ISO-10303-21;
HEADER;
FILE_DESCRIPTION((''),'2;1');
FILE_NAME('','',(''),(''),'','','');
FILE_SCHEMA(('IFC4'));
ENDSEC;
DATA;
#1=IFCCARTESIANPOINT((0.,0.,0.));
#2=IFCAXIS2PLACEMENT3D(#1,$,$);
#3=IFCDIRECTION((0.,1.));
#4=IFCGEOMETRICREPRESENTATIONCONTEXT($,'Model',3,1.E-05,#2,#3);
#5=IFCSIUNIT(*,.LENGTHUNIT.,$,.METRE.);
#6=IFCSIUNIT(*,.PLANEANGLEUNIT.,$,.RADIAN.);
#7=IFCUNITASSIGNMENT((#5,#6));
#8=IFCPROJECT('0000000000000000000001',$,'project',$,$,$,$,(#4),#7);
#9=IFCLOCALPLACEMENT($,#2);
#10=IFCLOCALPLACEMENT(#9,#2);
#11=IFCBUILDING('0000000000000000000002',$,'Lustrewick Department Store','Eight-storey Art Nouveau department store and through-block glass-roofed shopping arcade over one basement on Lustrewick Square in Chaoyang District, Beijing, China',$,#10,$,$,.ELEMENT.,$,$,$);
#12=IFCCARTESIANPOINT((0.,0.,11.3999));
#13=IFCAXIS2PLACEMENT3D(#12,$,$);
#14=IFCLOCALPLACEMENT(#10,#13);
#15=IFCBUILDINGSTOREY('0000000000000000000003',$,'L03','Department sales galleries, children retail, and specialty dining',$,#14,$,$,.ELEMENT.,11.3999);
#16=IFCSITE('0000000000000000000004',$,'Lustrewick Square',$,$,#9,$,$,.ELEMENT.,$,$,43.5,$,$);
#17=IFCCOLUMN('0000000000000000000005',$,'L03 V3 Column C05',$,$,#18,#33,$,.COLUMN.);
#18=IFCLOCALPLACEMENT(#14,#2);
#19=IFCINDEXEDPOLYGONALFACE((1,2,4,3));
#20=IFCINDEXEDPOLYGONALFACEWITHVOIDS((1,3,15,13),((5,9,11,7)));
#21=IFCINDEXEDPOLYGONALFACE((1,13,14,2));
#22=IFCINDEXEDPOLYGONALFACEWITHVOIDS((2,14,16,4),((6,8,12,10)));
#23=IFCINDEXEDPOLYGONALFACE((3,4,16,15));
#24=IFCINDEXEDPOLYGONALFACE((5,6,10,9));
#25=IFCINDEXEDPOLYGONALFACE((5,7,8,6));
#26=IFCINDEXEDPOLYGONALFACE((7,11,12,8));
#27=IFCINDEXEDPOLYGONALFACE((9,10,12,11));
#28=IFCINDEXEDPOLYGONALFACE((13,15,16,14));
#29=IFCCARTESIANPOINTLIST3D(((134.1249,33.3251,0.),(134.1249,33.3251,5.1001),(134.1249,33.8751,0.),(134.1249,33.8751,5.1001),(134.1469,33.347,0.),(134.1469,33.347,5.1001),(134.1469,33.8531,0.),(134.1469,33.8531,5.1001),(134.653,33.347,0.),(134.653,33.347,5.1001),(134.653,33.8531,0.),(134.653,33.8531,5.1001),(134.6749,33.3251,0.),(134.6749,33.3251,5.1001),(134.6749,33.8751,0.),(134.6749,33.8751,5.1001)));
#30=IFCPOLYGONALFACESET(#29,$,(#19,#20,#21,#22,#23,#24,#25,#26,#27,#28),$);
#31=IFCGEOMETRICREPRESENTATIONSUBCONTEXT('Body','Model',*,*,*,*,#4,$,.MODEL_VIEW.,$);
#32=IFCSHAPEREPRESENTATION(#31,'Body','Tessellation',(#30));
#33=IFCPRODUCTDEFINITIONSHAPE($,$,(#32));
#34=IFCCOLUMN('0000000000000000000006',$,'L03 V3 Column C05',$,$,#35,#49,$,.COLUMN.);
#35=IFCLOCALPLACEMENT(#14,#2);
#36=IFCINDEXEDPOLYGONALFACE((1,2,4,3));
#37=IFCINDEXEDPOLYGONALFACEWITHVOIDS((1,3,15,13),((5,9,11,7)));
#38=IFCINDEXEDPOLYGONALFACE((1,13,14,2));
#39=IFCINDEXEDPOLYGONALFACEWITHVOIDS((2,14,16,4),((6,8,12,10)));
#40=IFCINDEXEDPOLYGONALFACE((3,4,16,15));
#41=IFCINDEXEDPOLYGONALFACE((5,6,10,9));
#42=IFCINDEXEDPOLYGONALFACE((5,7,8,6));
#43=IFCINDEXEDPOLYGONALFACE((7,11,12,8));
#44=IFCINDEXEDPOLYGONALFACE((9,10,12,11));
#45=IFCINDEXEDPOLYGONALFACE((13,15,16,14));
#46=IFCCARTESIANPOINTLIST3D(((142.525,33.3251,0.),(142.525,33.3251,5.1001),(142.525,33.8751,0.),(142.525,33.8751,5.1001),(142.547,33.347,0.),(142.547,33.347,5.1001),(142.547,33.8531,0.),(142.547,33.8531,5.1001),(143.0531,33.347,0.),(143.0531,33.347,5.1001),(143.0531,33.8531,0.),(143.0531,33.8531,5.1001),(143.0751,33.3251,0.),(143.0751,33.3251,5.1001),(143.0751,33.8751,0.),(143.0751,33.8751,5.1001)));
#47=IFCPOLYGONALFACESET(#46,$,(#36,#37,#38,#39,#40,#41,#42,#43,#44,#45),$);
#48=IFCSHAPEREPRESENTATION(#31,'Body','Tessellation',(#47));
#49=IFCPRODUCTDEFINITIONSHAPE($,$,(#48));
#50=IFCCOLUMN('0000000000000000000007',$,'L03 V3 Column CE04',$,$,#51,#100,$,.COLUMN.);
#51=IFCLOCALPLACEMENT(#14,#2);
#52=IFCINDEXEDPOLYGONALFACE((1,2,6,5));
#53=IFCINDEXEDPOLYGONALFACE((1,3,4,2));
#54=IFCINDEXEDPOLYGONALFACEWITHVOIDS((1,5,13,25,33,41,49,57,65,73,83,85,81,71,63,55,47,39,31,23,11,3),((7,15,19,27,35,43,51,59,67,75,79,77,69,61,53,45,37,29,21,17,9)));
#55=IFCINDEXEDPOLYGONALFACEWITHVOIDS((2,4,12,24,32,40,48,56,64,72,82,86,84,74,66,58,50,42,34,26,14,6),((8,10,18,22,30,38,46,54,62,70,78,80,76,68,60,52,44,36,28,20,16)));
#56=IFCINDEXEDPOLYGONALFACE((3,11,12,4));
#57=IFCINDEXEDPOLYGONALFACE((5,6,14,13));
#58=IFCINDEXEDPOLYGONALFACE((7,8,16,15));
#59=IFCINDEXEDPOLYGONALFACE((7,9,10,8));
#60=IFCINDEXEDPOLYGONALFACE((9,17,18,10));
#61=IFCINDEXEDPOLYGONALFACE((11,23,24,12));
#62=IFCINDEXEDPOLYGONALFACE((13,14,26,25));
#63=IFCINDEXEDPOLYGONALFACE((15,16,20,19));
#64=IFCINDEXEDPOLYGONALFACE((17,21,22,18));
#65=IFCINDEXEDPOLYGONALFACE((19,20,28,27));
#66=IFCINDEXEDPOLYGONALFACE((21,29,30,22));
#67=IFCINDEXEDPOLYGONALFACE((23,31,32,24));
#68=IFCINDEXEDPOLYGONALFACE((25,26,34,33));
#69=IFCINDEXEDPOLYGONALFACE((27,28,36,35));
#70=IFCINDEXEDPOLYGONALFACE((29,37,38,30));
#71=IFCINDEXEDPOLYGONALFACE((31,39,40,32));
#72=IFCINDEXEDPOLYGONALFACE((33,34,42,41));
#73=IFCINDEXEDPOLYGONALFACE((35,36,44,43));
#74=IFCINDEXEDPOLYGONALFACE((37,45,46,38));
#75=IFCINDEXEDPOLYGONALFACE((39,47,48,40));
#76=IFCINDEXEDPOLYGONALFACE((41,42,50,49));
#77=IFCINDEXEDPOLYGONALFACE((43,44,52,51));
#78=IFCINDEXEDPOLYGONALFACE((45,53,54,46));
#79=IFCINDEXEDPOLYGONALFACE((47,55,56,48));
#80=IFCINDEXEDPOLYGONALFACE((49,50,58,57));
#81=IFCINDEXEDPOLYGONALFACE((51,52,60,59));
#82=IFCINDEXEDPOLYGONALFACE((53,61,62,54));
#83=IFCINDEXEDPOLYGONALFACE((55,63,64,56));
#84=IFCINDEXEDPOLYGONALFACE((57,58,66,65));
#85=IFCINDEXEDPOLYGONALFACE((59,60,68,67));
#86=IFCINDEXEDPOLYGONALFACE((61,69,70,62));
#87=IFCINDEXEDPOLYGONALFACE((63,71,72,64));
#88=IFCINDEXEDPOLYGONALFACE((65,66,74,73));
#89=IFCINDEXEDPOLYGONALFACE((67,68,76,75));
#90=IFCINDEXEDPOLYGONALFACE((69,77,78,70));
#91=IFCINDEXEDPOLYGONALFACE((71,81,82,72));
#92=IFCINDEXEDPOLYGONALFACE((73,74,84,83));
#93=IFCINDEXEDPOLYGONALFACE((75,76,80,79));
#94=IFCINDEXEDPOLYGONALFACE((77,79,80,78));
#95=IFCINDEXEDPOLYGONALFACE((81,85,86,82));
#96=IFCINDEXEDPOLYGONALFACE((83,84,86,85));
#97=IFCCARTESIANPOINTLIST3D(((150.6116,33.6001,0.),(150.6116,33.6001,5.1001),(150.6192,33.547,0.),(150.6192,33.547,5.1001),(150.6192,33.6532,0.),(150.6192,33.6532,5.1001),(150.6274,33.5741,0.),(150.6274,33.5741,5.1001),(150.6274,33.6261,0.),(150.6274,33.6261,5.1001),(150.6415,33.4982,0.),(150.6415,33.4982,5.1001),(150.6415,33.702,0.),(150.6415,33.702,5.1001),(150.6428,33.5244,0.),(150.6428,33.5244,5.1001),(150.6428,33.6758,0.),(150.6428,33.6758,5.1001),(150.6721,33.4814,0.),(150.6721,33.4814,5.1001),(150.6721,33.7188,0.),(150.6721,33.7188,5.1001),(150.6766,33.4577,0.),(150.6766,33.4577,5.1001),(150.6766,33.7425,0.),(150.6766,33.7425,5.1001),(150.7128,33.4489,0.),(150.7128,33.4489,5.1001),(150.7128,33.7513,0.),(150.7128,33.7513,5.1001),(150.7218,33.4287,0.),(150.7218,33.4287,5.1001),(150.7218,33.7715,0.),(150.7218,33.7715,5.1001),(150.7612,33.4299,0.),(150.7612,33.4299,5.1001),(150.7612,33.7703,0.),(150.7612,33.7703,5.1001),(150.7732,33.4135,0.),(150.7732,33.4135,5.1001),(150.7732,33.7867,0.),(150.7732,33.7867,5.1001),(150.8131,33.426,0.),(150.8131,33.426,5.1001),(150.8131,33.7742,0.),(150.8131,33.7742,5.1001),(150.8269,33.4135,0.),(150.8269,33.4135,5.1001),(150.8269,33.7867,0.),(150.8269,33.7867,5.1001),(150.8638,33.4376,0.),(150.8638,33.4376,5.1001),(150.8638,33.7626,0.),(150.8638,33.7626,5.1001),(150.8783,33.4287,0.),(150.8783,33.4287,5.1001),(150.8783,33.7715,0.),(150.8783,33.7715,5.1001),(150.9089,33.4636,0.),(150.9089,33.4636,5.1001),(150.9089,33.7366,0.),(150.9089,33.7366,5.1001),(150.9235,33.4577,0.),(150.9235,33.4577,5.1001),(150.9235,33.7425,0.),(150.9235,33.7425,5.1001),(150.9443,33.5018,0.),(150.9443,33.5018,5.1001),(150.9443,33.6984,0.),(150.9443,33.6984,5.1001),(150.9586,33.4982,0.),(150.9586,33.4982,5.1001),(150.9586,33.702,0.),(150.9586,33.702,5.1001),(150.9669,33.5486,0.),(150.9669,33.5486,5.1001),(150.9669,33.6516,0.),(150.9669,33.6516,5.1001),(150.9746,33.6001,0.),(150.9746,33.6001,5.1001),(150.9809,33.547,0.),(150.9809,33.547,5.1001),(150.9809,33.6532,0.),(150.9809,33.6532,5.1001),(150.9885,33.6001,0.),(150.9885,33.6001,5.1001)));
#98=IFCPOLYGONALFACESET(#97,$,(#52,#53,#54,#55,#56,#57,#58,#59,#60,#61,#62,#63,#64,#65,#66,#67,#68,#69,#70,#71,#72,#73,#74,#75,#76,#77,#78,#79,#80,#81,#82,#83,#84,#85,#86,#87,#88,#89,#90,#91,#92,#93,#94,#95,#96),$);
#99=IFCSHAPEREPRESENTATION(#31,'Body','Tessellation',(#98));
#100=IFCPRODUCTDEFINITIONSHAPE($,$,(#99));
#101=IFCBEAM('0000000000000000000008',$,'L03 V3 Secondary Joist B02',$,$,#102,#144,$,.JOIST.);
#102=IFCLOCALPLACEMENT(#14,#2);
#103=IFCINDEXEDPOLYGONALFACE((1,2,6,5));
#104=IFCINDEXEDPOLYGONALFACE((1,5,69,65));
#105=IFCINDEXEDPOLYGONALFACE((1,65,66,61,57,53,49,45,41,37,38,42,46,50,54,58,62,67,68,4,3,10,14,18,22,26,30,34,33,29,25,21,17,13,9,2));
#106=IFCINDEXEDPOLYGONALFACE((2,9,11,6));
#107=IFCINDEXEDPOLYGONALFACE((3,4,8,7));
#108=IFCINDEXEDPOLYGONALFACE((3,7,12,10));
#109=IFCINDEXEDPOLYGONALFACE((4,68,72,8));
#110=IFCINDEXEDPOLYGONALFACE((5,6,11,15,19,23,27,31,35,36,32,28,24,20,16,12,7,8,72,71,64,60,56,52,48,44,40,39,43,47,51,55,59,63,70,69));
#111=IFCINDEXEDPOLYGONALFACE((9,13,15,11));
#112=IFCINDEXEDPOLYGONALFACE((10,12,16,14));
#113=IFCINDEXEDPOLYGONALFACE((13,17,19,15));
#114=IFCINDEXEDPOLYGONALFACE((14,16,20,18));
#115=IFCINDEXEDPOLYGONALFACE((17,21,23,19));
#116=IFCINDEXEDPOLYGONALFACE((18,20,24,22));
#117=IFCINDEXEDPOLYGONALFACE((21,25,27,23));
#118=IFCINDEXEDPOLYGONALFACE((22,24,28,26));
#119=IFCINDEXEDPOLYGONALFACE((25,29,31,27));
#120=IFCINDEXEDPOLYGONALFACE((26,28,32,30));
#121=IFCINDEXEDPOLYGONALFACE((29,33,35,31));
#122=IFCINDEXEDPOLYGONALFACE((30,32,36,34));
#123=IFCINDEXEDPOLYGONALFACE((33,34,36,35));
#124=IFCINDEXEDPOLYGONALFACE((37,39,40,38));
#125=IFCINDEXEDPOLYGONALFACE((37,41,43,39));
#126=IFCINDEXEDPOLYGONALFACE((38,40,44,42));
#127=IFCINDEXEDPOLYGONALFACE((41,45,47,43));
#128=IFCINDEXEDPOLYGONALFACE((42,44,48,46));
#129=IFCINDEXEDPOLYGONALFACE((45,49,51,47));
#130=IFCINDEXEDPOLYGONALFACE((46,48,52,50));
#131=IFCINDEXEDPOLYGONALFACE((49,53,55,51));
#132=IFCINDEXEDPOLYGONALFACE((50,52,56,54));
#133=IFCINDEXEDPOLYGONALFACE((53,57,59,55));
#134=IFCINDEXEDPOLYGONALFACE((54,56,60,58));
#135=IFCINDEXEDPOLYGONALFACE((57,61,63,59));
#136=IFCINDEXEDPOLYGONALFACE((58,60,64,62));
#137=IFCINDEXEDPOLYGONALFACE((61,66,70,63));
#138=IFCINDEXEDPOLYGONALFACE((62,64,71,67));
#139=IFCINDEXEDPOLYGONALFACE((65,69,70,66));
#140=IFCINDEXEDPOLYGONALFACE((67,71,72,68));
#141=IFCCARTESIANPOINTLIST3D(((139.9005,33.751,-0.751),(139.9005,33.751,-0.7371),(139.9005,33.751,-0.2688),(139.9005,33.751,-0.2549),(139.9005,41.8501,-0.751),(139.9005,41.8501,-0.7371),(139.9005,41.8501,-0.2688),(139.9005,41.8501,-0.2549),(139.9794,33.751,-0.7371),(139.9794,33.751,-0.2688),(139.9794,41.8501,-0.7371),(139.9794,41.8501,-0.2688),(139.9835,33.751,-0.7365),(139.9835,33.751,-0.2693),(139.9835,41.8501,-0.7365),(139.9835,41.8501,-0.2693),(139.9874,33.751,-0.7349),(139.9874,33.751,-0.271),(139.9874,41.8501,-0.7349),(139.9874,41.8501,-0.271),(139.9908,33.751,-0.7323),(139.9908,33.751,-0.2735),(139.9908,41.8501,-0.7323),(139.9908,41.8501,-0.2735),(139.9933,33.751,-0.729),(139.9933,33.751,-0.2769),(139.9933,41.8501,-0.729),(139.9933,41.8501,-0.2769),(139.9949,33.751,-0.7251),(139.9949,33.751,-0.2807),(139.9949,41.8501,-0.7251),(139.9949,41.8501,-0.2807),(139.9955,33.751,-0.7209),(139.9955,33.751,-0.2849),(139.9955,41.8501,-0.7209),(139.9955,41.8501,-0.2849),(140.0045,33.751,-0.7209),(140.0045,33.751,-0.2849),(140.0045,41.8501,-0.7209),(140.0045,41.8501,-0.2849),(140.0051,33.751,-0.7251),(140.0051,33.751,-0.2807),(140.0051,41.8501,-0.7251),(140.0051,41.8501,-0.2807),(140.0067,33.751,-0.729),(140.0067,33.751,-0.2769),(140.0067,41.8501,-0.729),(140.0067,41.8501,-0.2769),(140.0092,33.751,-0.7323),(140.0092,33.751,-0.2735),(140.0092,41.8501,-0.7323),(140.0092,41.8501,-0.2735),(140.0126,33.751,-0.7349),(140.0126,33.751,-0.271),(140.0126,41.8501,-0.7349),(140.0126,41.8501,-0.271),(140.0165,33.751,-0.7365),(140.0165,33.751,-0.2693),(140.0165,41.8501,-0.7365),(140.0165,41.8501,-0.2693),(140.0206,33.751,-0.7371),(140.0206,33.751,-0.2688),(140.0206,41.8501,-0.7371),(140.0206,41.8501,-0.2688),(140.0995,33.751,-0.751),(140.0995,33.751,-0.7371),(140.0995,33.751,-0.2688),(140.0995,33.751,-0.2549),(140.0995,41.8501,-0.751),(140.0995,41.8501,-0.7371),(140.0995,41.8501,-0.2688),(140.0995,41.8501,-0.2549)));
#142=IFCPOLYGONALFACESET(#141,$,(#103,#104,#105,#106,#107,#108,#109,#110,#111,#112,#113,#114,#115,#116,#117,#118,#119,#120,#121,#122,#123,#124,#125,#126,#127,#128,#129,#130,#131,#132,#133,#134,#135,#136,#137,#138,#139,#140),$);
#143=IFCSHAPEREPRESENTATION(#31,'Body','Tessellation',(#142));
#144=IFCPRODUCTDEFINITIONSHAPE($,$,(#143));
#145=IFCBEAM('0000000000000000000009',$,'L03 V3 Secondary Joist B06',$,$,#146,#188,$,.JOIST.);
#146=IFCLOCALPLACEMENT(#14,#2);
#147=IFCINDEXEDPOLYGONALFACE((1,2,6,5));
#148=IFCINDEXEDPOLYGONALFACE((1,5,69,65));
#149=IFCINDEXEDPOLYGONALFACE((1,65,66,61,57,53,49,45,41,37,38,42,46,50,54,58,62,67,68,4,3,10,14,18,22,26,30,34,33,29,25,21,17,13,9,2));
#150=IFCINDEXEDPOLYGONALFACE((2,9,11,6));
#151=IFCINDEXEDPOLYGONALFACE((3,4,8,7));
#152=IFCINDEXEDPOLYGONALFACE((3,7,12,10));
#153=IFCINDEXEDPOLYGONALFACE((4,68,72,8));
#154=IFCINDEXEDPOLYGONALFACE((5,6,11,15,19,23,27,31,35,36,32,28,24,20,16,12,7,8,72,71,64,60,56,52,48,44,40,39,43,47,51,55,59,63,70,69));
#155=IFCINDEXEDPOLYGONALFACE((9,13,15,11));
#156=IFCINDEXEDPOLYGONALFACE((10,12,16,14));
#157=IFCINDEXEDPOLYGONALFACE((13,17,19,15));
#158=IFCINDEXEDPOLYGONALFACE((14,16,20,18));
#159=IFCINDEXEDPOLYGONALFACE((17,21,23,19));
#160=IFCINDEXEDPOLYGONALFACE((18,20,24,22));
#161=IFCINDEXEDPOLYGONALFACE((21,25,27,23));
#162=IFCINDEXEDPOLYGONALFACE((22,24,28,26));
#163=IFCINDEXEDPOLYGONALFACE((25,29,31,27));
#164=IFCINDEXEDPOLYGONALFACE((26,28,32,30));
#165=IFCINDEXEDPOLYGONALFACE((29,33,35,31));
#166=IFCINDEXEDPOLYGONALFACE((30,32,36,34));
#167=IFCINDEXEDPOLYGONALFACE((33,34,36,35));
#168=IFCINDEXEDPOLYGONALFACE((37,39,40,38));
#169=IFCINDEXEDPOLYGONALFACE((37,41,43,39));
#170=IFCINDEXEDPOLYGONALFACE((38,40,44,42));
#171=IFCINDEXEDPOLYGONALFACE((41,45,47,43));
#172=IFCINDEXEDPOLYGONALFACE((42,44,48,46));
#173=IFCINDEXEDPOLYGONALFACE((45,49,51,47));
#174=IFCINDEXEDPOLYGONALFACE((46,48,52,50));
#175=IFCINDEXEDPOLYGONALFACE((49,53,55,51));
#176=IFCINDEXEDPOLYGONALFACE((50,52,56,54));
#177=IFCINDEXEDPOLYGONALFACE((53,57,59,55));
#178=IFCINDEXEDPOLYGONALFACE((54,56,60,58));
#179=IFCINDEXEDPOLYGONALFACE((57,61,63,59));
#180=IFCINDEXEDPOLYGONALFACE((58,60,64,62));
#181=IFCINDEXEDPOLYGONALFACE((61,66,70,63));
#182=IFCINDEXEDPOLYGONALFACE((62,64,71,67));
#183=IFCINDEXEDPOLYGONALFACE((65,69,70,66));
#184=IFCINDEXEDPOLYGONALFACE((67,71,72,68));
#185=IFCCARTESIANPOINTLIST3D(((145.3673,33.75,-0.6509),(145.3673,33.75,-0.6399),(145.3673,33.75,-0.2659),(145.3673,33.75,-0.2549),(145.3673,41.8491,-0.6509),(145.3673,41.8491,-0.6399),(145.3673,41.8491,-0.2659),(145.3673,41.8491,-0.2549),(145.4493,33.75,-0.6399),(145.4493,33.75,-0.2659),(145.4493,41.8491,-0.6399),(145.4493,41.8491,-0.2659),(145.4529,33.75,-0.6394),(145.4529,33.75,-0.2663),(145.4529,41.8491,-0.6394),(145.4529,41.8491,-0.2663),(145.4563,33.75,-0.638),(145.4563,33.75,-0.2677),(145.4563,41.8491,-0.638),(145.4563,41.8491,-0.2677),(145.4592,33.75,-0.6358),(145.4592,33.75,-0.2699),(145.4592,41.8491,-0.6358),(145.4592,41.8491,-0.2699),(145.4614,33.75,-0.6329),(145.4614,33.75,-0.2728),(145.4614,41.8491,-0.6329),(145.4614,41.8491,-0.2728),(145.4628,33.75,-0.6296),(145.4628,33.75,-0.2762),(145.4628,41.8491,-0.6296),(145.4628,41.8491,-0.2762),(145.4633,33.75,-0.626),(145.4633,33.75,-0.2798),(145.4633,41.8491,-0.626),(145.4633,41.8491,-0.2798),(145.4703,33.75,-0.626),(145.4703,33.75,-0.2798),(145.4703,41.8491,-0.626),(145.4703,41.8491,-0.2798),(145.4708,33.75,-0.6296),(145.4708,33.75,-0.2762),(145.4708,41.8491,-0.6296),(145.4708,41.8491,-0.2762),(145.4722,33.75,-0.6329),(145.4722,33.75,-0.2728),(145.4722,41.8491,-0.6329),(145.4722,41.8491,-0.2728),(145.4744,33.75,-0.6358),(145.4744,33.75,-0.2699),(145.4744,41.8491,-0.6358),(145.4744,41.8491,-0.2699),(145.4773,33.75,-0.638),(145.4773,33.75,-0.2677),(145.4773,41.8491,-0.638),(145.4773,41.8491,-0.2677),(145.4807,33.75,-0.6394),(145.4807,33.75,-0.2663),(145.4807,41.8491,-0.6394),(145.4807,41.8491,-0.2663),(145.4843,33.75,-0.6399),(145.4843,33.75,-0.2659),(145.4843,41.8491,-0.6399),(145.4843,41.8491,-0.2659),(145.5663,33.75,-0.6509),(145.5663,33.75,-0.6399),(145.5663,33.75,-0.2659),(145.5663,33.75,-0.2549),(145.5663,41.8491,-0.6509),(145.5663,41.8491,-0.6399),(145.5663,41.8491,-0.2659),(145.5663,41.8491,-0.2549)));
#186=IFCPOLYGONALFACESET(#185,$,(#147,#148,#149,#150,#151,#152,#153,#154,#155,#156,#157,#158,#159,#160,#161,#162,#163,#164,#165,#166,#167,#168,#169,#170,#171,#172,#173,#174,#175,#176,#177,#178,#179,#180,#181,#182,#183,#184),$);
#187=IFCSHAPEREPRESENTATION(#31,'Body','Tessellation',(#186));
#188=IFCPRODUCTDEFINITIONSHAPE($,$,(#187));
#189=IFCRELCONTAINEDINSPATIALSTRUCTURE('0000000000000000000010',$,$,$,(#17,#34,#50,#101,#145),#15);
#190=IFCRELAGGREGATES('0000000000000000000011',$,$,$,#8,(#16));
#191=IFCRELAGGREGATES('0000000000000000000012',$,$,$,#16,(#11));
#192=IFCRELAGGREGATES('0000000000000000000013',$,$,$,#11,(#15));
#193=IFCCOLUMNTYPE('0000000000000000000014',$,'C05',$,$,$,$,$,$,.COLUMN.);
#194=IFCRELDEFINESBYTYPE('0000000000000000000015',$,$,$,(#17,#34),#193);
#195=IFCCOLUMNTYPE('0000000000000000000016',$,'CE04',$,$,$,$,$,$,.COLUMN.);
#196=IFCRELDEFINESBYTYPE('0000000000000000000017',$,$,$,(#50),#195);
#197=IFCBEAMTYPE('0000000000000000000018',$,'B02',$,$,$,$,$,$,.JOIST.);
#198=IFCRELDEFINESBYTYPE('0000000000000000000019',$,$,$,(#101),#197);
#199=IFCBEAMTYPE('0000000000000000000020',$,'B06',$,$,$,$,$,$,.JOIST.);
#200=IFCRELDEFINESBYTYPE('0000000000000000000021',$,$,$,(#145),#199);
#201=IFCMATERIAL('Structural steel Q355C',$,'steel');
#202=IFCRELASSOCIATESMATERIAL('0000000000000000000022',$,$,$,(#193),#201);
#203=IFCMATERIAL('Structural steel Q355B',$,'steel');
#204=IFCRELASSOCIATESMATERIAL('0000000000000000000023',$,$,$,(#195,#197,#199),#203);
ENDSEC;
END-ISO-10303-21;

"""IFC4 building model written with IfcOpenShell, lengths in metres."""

from ifc_helpers import new_model, si_unit, direction, frame, origin, origin_2d, place, context, subcontext, project, spatial, hollow_rectangle, hollow_circle, i_section, extrude, material, material_profile, profile_set, type_object, element, save


model = new_model("IFC4")

# Units and contexts
model_context = context("Model", 3, precision=1e-05, world=origin(), true_north=direction((0.0, 1.0)))
body_context = subcontext(model_context, "Body", "Model", "MODEL_VIEW")
ifc_project = project(units=[si_unit("LENGTHUNIT", "METRE"), si_unit("PLANEANGLEUNIT", "RADIAN")], contexts=[model_context])

# Site, building, storey
site_placement = place(None, origin())
site = spatial("IfcSite", under=ifc_project, at=site_placement, Name="Lustrewick Square", CompositionType="ELEMENT", RefElevation=43.5)
building_placement = place(site_placement, origin())
building = spatial("IfcBuilding", under=site, at=building_placement, Name="Lustrewick Department Store", Description="Eight-storey Art Nouveau department store and through-block glass-roofed shopping arcade over one basement on Lustrewick Square in Chaoyang District, Beijing, China", CompositionType="ELEMENT")
storey_placement = place(building_placement, frame((0.0, 0.0, 11.3999)))
storey = spatial("IfcBuildingStorey", under=building, at=storey_placement, Name="L03", Description="Department sales galleries, children retail, and specialty dining", CompositionType="ELEMENT", Elevation=11.3999)

# Columns
ifc_material_1 = material(Name="Structural steel Q355C", Category="steel")
ifc_material_profile_1 = material_profile(ifc_material_1, hollow_rectangle(XDim=0.55, YDim=0.55, WallThickness=0.022, at=origin_2d()), Name="BOX 550x550x22")
ifc_profile_set_1 = profile_set([ifc_material_profile_1], Name="Structural steel Q355C")
column_type_1 = type_object("IfcColumnType", Name="C05", PredefinedType="COLUMN", material=ifc_profile_set_1)
for number, where, z_axis, x_axis, name in (
    (1, (134.3999, 33.6001, 0.0), (0.0, 0.0, 1.0), (1.0, 0.0, 0.0), "L03 V3 Column C05"),
    (2, (142.8, 33.6001, 0.0), (0.0, 0.0, 1.0), (1.0, 0.0, 0.0), "L03 V3 Column C05"),
):
    element("IfcColumn", number, at=place(storey_placement, frame(where, z_axis=z_axis, x_axis=x_axis)), inside=storey, type_object=column_type_1, Name=name, PredefinedType="COLUMN", context=body_context, shape_type="SweptSolid", body=[
        extrude(hollow_rectangle(XDim=0.55, YDim=0.55, WallThickness=0.022, at=origin_2d()), origin(), (0.0, 0.0, 1.0), 5.1001),
    ])
ifc_material_2 = material(Name="Structural steel Q355B", Category="steel")
ifc_material_profile_2 = material_profile(ifc_material_2, hollow_circle(Radius=0.1885, WallThickness=0.0139, at=origin_2d()), Name="CHS 377x14")
ifc_profile_set_2 = profile_set([ifc_material_profile_2], Name="Structural steel Q355B")
column_type_2 = type_object("IfcColumnType", Name="CE04", PredefinedType="COLUMN", material=ifc_profile_set_2)
column_placement = place(storey_placement, frame((150.8, 33.6001, 0.0), z_axis=(0.0, 0.0, 1.0), x_axis=(1.0, 0.0, 0.0)))
element("IfcColumn", 3, at=column_placement, inside=storey, type_object=column_type_2, Name="L03 V3 Column CE04", PredefinedType="COLUMN", context=body_context, shape_type="SweptSolid", body=[
    extrude(hollow_circle(Radius=0.1885, WallThickness=0.0139, at=origin_2d()), origin(), (0.0, 0.0, 1.0), 5.1001),
])

# Beams
ifc_material_profile_3 = material_profile(ifc_material_2, i_section(OverallWidth=0.199, OverallDepth=0.4961, WebThickness=0.009, FlangeThickness=0.0139, FilletRadius=0.0161, at=origin_2d()), Name="HN 496x199x9x14")
ifc_profile_set_3 = profile_set([ifc_material_profile_3], Name="Structural steel Q355B")
beam_type_1 = type_object("IfcBeamType", Name="B02", PredefinedType="JOIST", material=ifc_profile_set_3)
beam_1_placement = place(storey_placement, frame((140.0, 33.751, -0.5029), z_axis=(0.0, 1.0, 0.0), x_axis=(-1.0, 0.0, 0.0)))
element("IfcBeam", 4, at=beam_1_placement, inside=storey, type_object=beam_type_1, Name="L03 V3 Secondary Joist B02", PredefinedType="JOIST", context=body_context, shape_type="SweptSolid", body=[
    extrude(i_section(OverallWidth=0.199, OverallDepth=0.4961, WebThickness=0.009, FlangeThickness=0.0139, FilletRadius=0.0161, at=origin_2d()), origin(), (0.0, 0.0, 1.0), 8.0991),
])
ifc_material_profile_4 = material_profile(ifc_material_2, i_section(OverallWidth=0.199, OverallDepth=0.396, WebThickness=0.0071, FlangeThickness=0.011, FilletRadius=0.0139, at=origin_2d()), Name="HN 396x199x7x11")
ifc_profile_set_4 = profile_set([ifc_material_profile_4], Name="Structural steel Q355B")
beam_type_2 = type_object("IfcBeamType", Name="B06", PredefinedType="JOIST", material=ifc_profile_set_4)
beam_2_placement = place(storey_placement, frame((145.4668, 33.75, -0.4529), z_axis=(0.0, 1.0, 0.0), x_axis=(-1.0, 0.0, 0.0)))
element("IfcBeam", 5, at=beam_2_placement, inside=storey, type_object=beam_type_2, Name="L03 V3 Secondary Joist B06", PredefinedType="JOIST", context=body_context, shape_type="SweptSolid", body=[
    extrude(i_section(OverallWidth=0.199, OverallDepth=0.396, WebThickness=0.0071, FlangeThickness=0.011, FilletRadius=0.0139, at=origin_2d()), origin(), (0.0, 0.0, 1.0), 8.0991),
])

save(model, "model.ifc")
